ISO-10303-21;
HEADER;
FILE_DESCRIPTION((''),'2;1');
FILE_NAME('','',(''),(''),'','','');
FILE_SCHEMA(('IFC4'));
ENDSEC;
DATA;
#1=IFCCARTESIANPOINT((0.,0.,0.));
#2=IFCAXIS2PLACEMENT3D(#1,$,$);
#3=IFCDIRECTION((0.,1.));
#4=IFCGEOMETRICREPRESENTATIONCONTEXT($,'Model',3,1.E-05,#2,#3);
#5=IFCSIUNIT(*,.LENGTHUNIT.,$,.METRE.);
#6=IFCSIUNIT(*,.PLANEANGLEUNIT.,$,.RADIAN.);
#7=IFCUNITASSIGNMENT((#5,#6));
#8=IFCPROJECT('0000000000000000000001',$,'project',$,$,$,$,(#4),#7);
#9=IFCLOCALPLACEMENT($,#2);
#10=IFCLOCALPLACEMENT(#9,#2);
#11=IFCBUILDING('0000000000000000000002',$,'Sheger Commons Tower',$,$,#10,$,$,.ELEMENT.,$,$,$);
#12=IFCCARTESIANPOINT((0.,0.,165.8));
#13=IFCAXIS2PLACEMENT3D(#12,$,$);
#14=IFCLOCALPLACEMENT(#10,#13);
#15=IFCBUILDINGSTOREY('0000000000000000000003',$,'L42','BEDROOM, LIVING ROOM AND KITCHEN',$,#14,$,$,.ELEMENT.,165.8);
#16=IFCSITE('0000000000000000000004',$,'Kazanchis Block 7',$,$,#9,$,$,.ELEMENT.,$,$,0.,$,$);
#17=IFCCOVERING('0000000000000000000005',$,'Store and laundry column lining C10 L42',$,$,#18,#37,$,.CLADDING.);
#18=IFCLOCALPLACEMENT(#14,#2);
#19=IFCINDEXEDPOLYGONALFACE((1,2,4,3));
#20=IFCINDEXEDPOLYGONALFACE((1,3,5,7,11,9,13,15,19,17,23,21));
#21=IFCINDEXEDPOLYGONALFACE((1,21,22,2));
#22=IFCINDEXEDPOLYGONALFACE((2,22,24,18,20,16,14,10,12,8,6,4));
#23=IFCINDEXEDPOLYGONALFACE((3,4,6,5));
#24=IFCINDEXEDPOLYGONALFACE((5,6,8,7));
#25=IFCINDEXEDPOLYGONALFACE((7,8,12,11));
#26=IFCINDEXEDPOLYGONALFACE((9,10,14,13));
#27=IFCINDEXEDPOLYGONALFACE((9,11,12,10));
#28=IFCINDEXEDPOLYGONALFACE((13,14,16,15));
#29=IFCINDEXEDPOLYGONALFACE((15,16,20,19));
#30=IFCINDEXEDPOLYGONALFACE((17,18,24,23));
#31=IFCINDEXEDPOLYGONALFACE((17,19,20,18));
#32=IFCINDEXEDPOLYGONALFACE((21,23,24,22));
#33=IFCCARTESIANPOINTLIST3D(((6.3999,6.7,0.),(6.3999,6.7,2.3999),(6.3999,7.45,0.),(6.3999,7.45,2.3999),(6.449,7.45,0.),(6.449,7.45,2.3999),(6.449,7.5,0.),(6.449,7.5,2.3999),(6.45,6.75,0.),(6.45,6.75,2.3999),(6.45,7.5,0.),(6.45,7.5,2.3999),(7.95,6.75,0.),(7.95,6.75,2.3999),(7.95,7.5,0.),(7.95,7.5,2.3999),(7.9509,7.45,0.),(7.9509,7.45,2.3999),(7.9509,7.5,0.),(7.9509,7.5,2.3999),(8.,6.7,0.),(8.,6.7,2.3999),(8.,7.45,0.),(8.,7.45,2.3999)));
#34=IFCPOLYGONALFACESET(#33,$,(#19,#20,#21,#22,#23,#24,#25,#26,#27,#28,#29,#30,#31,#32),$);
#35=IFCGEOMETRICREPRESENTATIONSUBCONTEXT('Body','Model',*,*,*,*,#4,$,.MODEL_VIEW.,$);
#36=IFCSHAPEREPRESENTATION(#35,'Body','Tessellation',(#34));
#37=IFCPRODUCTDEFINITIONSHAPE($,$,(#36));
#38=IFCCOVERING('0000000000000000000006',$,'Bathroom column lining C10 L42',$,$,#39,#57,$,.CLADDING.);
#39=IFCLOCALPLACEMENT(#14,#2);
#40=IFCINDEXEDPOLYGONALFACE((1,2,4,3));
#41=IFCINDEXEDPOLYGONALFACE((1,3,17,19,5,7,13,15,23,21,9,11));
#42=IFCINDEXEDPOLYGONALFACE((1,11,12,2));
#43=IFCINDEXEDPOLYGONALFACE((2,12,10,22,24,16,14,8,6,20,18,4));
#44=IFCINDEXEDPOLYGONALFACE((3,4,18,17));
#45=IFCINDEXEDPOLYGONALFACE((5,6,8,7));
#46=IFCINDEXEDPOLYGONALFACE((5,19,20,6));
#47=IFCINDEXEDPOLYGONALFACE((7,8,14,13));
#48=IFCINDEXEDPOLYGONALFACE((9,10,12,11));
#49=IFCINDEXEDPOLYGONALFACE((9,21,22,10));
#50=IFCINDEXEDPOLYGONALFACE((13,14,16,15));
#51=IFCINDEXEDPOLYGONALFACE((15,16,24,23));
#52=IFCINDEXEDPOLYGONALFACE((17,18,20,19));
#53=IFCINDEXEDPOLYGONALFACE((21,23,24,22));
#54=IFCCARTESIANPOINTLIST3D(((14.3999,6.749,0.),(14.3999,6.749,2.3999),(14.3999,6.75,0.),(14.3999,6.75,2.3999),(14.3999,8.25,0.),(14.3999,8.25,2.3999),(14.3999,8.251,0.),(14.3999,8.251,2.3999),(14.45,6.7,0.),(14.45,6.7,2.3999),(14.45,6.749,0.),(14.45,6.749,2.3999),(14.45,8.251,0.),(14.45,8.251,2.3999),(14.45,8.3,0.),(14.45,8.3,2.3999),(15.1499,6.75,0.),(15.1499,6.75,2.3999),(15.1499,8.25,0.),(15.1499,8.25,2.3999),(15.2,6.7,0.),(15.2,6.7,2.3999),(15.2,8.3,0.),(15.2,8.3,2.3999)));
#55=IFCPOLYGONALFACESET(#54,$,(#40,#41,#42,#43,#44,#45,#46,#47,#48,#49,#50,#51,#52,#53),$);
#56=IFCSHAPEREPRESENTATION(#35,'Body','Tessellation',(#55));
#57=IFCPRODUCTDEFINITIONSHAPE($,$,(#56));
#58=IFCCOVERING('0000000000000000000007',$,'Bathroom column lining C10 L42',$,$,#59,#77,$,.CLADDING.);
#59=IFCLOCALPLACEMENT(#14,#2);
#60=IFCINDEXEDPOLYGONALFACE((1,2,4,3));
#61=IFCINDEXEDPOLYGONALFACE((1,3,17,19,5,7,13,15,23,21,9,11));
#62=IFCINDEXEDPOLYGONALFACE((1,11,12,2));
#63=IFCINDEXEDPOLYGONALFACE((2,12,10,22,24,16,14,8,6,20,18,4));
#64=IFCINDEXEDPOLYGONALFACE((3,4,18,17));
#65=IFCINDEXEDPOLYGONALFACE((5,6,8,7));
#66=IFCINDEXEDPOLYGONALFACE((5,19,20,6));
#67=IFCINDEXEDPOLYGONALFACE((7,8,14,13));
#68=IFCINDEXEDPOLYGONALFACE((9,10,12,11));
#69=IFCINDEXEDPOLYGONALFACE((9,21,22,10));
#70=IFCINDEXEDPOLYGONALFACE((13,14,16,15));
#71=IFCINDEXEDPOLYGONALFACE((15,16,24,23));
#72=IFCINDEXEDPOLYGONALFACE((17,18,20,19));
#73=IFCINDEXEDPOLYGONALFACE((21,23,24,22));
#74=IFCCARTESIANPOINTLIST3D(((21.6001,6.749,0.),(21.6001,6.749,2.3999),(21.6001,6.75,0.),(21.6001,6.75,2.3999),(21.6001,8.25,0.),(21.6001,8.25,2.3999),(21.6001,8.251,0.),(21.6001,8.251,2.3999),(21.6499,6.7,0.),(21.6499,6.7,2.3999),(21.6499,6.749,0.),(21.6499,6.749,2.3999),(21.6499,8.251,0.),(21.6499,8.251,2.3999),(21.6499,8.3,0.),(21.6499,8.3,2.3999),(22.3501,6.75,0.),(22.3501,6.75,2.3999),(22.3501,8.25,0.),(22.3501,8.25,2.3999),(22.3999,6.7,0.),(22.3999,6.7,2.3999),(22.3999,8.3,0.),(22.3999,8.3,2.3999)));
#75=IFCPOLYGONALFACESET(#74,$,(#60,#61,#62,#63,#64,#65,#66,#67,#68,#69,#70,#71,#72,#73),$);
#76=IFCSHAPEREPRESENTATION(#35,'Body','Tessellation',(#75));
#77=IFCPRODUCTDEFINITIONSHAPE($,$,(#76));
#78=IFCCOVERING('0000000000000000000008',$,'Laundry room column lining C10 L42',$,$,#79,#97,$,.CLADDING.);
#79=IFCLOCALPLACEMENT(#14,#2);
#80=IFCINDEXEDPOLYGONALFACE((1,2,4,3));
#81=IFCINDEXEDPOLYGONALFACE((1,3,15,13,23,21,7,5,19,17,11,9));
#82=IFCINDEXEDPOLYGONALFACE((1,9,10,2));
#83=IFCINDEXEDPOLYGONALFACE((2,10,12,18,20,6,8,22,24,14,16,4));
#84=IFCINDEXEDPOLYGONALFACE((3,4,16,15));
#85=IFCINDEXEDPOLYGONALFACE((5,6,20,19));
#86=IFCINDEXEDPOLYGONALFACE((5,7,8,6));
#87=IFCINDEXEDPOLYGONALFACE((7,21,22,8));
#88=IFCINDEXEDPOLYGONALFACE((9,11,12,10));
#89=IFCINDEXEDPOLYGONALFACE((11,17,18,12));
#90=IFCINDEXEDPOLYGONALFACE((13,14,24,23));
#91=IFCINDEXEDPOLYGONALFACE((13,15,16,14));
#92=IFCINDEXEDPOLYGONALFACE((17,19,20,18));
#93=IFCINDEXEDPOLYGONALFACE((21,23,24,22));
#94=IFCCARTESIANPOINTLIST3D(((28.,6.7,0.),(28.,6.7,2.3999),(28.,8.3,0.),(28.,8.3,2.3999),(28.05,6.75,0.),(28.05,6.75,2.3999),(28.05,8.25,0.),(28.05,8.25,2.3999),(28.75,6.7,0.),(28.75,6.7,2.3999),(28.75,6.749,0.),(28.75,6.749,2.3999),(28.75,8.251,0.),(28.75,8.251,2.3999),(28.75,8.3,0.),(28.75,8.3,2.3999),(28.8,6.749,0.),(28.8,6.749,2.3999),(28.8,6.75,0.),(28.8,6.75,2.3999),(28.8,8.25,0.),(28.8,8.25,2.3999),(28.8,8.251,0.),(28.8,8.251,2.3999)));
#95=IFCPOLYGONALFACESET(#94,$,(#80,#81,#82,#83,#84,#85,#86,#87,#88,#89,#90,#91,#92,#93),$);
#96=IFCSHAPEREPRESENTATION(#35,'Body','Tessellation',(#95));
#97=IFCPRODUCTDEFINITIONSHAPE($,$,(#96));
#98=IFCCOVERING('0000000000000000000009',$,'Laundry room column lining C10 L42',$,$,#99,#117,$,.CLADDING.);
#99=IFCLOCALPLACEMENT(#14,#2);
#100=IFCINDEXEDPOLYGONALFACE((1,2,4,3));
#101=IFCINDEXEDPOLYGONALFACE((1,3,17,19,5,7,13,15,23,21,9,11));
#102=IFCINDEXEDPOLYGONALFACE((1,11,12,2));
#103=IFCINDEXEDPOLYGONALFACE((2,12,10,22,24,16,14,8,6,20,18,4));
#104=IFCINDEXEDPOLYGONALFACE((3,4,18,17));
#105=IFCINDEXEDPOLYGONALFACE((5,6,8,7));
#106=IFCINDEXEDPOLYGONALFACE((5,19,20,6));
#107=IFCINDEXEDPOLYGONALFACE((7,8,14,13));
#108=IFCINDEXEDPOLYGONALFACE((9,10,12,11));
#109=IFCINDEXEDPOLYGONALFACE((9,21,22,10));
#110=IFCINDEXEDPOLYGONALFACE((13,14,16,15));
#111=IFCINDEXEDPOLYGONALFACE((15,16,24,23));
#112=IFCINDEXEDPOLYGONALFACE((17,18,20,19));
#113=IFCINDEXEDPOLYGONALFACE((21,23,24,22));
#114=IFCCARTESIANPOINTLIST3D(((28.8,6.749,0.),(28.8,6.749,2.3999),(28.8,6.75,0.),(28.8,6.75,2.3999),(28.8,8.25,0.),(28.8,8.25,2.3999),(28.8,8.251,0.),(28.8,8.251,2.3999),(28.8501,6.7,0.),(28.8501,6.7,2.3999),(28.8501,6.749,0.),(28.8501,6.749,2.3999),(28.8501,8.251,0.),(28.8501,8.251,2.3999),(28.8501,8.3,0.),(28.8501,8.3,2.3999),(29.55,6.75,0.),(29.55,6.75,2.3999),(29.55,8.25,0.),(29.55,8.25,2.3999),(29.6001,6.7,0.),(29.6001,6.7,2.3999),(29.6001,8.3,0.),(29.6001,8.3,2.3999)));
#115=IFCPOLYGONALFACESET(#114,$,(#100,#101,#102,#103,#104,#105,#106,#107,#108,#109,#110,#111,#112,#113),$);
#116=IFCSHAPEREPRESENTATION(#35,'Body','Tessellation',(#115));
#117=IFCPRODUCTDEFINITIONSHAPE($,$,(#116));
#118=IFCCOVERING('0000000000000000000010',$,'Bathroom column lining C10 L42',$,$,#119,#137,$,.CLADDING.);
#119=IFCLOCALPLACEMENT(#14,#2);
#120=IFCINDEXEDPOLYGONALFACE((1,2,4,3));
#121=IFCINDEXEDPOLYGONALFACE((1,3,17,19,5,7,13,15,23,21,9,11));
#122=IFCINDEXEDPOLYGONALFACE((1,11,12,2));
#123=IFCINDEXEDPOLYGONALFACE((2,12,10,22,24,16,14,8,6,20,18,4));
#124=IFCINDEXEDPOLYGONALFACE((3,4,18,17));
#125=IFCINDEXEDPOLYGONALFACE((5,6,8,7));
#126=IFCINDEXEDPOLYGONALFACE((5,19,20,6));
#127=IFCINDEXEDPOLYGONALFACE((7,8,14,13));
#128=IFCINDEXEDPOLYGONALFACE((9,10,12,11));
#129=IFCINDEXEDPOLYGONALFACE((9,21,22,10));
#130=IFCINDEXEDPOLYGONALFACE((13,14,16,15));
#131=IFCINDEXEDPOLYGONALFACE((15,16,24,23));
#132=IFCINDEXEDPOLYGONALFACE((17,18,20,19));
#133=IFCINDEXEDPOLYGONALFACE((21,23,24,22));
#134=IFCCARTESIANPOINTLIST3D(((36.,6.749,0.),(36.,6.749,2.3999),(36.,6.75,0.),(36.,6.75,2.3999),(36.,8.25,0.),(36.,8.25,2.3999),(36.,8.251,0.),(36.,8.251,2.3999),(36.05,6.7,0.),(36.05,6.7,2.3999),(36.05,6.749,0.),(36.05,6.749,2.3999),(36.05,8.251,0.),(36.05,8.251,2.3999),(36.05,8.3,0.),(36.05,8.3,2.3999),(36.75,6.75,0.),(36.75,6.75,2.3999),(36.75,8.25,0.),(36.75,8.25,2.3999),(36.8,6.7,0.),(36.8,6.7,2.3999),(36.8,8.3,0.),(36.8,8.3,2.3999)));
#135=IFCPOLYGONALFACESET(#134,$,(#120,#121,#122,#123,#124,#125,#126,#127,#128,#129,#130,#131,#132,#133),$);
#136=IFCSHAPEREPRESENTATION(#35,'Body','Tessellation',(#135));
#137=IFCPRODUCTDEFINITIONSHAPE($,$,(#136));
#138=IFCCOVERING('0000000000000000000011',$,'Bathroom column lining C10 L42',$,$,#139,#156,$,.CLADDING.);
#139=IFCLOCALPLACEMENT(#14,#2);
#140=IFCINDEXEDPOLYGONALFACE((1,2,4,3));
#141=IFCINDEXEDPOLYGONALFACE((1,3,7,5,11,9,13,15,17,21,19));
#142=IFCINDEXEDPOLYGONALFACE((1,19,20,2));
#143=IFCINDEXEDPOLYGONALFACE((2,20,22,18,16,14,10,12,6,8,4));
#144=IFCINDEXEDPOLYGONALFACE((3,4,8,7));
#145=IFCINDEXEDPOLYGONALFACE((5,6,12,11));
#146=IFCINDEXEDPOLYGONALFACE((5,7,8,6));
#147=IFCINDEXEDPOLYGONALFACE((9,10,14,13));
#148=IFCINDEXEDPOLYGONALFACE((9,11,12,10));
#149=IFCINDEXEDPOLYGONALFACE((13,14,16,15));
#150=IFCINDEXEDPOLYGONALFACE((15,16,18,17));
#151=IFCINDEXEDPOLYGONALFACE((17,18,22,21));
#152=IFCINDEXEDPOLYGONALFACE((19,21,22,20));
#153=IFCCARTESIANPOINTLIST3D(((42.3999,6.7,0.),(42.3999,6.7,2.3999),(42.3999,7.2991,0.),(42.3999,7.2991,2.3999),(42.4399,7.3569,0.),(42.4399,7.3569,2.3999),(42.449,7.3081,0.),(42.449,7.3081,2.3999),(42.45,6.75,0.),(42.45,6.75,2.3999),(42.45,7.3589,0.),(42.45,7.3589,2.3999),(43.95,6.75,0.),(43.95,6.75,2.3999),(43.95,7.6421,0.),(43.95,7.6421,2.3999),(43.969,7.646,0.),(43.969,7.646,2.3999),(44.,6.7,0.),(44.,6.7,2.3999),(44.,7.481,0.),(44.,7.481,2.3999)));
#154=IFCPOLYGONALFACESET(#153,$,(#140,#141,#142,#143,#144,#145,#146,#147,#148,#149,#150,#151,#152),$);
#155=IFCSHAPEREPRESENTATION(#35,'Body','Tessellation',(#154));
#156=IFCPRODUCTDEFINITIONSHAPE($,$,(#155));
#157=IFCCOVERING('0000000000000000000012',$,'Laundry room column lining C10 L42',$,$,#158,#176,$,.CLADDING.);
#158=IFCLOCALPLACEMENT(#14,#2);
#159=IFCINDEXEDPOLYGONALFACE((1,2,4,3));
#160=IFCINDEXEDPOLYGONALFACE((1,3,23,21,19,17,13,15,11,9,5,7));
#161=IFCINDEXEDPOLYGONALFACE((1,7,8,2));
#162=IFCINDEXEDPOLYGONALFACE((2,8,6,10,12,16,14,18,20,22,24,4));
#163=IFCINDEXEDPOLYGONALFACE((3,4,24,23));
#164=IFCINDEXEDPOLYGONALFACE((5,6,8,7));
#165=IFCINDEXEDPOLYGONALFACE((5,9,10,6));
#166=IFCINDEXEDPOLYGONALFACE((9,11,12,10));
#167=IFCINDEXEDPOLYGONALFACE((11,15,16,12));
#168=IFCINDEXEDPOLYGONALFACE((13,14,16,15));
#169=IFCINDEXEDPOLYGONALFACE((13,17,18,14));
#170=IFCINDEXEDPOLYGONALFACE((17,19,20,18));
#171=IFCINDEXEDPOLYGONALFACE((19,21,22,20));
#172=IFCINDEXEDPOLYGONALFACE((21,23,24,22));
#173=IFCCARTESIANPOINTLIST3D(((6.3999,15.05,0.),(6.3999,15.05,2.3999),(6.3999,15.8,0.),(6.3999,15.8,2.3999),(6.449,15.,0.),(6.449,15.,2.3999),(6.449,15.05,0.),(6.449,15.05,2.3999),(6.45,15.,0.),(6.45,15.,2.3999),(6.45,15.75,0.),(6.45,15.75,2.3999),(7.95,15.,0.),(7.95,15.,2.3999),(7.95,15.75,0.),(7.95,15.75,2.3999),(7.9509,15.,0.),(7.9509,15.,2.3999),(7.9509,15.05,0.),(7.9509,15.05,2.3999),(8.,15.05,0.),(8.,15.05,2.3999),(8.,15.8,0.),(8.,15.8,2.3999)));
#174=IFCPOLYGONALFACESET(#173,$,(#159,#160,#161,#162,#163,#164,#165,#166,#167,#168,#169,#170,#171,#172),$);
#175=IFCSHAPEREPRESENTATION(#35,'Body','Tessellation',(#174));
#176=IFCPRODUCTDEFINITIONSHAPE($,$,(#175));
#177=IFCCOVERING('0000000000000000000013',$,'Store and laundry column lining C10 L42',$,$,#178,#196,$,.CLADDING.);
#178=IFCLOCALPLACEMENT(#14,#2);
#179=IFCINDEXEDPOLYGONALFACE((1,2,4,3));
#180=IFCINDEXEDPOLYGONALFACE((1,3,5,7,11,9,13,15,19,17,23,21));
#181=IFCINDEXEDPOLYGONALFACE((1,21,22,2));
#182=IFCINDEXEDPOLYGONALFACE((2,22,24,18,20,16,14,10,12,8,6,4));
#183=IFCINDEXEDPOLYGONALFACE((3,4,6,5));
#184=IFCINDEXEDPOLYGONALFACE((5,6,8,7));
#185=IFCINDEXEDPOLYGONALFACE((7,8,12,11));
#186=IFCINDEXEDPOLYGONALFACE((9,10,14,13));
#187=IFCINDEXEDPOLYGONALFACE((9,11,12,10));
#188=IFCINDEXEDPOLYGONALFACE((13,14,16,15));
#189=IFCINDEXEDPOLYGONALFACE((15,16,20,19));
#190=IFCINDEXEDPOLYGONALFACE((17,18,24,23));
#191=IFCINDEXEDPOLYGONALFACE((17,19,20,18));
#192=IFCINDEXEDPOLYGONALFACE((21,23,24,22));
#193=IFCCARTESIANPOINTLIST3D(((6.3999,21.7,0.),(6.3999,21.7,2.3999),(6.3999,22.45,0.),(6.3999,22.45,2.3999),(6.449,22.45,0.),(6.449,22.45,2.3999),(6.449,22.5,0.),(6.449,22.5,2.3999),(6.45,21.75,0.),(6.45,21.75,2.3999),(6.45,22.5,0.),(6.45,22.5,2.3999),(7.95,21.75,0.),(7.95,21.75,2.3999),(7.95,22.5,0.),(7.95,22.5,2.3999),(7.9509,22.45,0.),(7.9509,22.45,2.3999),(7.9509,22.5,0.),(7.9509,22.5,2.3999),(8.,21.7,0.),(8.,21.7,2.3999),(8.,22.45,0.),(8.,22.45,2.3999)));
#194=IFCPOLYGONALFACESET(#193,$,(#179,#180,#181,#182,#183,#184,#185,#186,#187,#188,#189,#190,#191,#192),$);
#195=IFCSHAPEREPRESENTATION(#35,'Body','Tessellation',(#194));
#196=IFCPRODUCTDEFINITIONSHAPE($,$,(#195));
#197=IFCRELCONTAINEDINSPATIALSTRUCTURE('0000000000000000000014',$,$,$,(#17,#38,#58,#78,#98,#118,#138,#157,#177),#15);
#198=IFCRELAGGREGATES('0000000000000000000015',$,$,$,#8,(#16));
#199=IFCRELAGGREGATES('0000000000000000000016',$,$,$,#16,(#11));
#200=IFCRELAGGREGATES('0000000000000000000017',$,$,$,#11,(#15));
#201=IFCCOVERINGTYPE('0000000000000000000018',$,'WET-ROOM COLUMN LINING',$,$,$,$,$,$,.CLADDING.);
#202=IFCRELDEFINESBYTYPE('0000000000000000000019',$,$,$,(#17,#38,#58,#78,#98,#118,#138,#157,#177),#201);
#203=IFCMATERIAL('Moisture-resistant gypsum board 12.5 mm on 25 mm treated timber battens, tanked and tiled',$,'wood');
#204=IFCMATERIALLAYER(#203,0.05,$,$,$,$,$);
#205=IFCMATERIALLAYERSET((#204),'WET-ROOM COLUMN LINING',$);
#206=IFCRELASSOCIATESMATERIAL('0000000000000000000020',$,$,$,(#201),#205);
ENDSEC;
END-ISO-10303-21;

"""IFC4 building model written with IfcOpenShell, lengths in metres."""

from ifc_helpers import new_model, si_unit, direction, frame, origin, place, context, subcontext, project, spatial, polyline, outline, extrude, material, layer, layer_set, type_object, element, save


model = new_model("IFC4")

# Units and contexts
model_context = context("Model", 3, precision=1e-05, world=origin(), true_north=direction((0.0, 1.0)))
body_context = subcontext(model_context, "Body", "Model", "MODEL_VIEW")
ifc_project = project(units=[si_unit("LENGTHUNIT", "METRE"), si_unit("PLANEANGLEUNIT", "RADIAN")], contexts=[model_context])

# Site, building, storey
site_placement = place(None, origin())
site = spatial("IfcSite", under=ifc_project, at=site_placement, Name="Kazanchis Block 7", CompositionType="ELEMENT", RefElevation=0.0)
building_placement = place(site_placement, origin())
building = spatial("IfcBuilding", under=site, at=building_placement, Name="Sheger Commons Tower", CompositionType="ELEMENT")
storey_placement = place(building_placement, frame((0.0, 0.0, 165.8)))
storey = spatial("IfcBuildingStorey", under=building, at=storey_placement, Name="L42", Description="BEDROOM, LIVING ROOM AND KITCHEN", CompositionType="ELEMENT", Elevation=165.8)

# Coverings
ifc_material_1 = material(Name="Moisture-resistant gypsum board 12.5 mm on 25 mm treated timber battens, tanked and tiled", Category="wood")
ifc_layer_1 = layer(ifc_material_1, 0.05)
ifc_layer_set_1 = layer_set([ifc_layer_1], Name="WET-ROOM COLUMN LINING")
covering_type_1 = type_object("IfcCoveringType", Name="WET-ROOM COLUMN LINING", PredefinedType="CLADDING", material=ifc_layer_set_1)
covering_1_placement = place(storey_placement, origin())
element("IfcCovering", 1, at=covering_1_placement, inside=storey, type_object=covering_type_1, Name="Store and laundry column lining C10 L42", PredefinedType="CLADDING", context=body_context, shape_type="SweptSolid", body=[
    extrude(outline(polyline([(6.45, 7.5), (6.45, 6.75), (7.95, 6.75), (7.95, 7.5), (7.9509, 7.5), (7.9509, 7.45), (8.0, 7.45), (8.0, 6.7), (6.3999, 6.7), (6.3999, 7.45), (6.449, 7.45), (6.449, 7.5), (6.45, 7.5)])), origin(), (0.0, 0.0, 1.0), 2.3999),
])
covering_2_placement = place(storey_placement, origin())
element("IfcCovering", 2, at=covering_2_placement, inside=storey, type_object=covering_type_1, Name="Bathroom column lining C10 L42", PredefinedType="CLADDING", context=body_context, shape_type="SweptSolid", body=[
    extrude(outline(polyline([(15.2, 6.7), (14.45, 6.7), (14.45, 6.749), (14.3999, 6.749), (14.3999, 6.75), (15.1499, 6.75), (15.1499, 8.25), (14.3999, 8.25), (14.3999, 8.251), (14.45, 8.251), (14.45, 8.3), (15.2, 8.3), (15.2, 6.7)])), origin(), (0.0, 0.0, 1.0), 2.3999),
])
covering_3_placement = place(storey_placement, origin())
element("IfcCovering", 3, at=covering_3_placement, inside=storey, type_object=covering_type_1, Name="Bathroom column lining C10 L42", PredefinedType="CLADDING", context=body_context, shape_type="SweptSolid", body=[
    extrude(outline(polyline([(22.3999, 6.7), (21.6499, 6.7), (21.6499, 6.749), (21.6001, 6.749), (21.6001, 6.75), (22.3501, 6.75), (22.3501, 8.25), (21.6001, 8.25), (21.6001, 8.251), (21.6499, 8.251), (21.6499, 8.3), (22.3999, 8.3), (22.3999, 6.7)])), origin(), (0.0, 0.0, 1.0), 2.3999),
])
covering_4_placement = place(storey_placement, origin())
element("IfcCovering", 4, at=covering_4_placement, inside=storey, type_object=covering_type_1, Name="Laundry room column lining C10 L42", PredefinedType="CLADDING", context=body_context, shape_type="SweptSolid", body=[
    extrude(outline(polyline([(28.75, 8.3), (28.75, 8.251), (28.8, 8.251), (28.8, 8.25), (28.05, 8.25), (28.05, 6.75), (28.8, 6.75), (28.8, 6.749), (28.75, 6.749), (28.75, 6.7), (28.0, 6.7), (28.0, 8.3), (28.75, 8.3)])), origin(), (0.0, 0.0, 1.0), 2.3999),
])
covering_5_placement = place(storey_placement, origin())
element("IfcCovering", 5, at=covering_5_placement, inside=storey, type_object=covering_type_1, Name="Laundry room column lining C10 L42", PredefinedType="CLADDING", context=body_context, shape_type="SweptSolid", body=[
    extrude(outline(polyline([(29.6001, 6.7), (28.8501, 6.7), (28.8501, 6.749), (28.8, 6.749), (28.8, 6.75), (29.55, 6.75), (29.55, 8.25), (28.8, 8.25), (28.8, 8.251), (28.8501, 8.251), (28.8501, 8.3), (29.6001, 8.3), (29.6001, 6.7)])), origin(), (0.0, 0.0, 1.0), 2.3999),
])
covering_6_placement = place(storey_placement, origin())
element("IfcCovering", 6, at=covering_6_placement, inside=storey, type_object=covering_type_1, Name="Bathroom column lining C10 L42", PredefinedType="CLADDING", context=body_context, shape_type="SweptSolid", body=[
    extrude(outline(polyline([(36.8, 6.7), (36.05, 6.7), (36.05, 6.749), (36.0, 6.749), (36.0, 6.75), (36.75, 6.75), (36.75, 8.25), (36.0, 8.25), (36.0, 8.251), (36.05, 8.251), (36.05, 8.3), (36.8, 8.3), (36.8, 6.7)])), origin(), (0.0, 0.0, 1.0), 2.3999),
])
covering_7_placement = place(storey_placement, origin())
element("IfcCovering", 7, at=covering_7_placement, inside=storey, type_object=covering_type_1, Name="Bathroom column lining C10 L42", PredefinedType="CLADDING", context=body_context, shape_type="SweptSolid", body=[
    extrude(outline(polyline([(42.45, 7.3589), (42.45, 6.75), (43.95, 6.75), (43.95, 7.6421), (43.969, 7.646), (44.0, 7.481), (44.0, 6.7), (42.3999, 6.7), (42.3999, 7.2991), (42.449, 7.3081), (42.4399, 7.3569), (42.45, 7.3589)])), origin(), (0.0, 0.0, 1.0), 2.3999),
])
covering_8_placement = place(storey_placement, origin())
element("IfcCovering", 8, at=covering_8_placement, inside=storey, type_object=covering_type_1, Name="Laundry room column lining C10 L42", PredefinedType="CLADDING", context=body_context, shape_type="SweptSolid", body=[
    extrude(outline(polyline([(8.0, 15.8), (8.0, 15.05), (7.9509, 15.05), (7.9509, 15.0), (7.95, 15.0), (7.95, 15.75), (6.45, 15.75), (6.45, 15.0), (6.449, 15.0), (6.449, 15.05), (6.3999, 15.05), (6.3999, 15.8), (8.0, 15.8)])), origin(), (0.0, 0.0, 1.0), 2.3999),
])
covering_9_placement = place(storey_placement, origin())
element("IfcCovering", 9, at=covering_9_placement, inside=storey, type_object=covering_type_1, Name="Store and laundry column lining C10 L42", PredefinedType="CLADDING", context=body_context, shape_type="SweptSolid", body=[
    extrude(outline(polyline([(6.45, 22.5), (6.45, 21.75), (7.95, 21.75), (7.95, 22.5), (7.9509, 22.5), (7.9509, 22.45), (8.0, 22.45), (8.0, 21.7), (6.3999, 21.7), (6.3999, 22.45), (6.449, 22.45), (6.449, 22.5), (6.45, 22.5)])), origin(), (0.0, 0.0, 1.0), 2.3999),
])

save(model, "model.ifc")
